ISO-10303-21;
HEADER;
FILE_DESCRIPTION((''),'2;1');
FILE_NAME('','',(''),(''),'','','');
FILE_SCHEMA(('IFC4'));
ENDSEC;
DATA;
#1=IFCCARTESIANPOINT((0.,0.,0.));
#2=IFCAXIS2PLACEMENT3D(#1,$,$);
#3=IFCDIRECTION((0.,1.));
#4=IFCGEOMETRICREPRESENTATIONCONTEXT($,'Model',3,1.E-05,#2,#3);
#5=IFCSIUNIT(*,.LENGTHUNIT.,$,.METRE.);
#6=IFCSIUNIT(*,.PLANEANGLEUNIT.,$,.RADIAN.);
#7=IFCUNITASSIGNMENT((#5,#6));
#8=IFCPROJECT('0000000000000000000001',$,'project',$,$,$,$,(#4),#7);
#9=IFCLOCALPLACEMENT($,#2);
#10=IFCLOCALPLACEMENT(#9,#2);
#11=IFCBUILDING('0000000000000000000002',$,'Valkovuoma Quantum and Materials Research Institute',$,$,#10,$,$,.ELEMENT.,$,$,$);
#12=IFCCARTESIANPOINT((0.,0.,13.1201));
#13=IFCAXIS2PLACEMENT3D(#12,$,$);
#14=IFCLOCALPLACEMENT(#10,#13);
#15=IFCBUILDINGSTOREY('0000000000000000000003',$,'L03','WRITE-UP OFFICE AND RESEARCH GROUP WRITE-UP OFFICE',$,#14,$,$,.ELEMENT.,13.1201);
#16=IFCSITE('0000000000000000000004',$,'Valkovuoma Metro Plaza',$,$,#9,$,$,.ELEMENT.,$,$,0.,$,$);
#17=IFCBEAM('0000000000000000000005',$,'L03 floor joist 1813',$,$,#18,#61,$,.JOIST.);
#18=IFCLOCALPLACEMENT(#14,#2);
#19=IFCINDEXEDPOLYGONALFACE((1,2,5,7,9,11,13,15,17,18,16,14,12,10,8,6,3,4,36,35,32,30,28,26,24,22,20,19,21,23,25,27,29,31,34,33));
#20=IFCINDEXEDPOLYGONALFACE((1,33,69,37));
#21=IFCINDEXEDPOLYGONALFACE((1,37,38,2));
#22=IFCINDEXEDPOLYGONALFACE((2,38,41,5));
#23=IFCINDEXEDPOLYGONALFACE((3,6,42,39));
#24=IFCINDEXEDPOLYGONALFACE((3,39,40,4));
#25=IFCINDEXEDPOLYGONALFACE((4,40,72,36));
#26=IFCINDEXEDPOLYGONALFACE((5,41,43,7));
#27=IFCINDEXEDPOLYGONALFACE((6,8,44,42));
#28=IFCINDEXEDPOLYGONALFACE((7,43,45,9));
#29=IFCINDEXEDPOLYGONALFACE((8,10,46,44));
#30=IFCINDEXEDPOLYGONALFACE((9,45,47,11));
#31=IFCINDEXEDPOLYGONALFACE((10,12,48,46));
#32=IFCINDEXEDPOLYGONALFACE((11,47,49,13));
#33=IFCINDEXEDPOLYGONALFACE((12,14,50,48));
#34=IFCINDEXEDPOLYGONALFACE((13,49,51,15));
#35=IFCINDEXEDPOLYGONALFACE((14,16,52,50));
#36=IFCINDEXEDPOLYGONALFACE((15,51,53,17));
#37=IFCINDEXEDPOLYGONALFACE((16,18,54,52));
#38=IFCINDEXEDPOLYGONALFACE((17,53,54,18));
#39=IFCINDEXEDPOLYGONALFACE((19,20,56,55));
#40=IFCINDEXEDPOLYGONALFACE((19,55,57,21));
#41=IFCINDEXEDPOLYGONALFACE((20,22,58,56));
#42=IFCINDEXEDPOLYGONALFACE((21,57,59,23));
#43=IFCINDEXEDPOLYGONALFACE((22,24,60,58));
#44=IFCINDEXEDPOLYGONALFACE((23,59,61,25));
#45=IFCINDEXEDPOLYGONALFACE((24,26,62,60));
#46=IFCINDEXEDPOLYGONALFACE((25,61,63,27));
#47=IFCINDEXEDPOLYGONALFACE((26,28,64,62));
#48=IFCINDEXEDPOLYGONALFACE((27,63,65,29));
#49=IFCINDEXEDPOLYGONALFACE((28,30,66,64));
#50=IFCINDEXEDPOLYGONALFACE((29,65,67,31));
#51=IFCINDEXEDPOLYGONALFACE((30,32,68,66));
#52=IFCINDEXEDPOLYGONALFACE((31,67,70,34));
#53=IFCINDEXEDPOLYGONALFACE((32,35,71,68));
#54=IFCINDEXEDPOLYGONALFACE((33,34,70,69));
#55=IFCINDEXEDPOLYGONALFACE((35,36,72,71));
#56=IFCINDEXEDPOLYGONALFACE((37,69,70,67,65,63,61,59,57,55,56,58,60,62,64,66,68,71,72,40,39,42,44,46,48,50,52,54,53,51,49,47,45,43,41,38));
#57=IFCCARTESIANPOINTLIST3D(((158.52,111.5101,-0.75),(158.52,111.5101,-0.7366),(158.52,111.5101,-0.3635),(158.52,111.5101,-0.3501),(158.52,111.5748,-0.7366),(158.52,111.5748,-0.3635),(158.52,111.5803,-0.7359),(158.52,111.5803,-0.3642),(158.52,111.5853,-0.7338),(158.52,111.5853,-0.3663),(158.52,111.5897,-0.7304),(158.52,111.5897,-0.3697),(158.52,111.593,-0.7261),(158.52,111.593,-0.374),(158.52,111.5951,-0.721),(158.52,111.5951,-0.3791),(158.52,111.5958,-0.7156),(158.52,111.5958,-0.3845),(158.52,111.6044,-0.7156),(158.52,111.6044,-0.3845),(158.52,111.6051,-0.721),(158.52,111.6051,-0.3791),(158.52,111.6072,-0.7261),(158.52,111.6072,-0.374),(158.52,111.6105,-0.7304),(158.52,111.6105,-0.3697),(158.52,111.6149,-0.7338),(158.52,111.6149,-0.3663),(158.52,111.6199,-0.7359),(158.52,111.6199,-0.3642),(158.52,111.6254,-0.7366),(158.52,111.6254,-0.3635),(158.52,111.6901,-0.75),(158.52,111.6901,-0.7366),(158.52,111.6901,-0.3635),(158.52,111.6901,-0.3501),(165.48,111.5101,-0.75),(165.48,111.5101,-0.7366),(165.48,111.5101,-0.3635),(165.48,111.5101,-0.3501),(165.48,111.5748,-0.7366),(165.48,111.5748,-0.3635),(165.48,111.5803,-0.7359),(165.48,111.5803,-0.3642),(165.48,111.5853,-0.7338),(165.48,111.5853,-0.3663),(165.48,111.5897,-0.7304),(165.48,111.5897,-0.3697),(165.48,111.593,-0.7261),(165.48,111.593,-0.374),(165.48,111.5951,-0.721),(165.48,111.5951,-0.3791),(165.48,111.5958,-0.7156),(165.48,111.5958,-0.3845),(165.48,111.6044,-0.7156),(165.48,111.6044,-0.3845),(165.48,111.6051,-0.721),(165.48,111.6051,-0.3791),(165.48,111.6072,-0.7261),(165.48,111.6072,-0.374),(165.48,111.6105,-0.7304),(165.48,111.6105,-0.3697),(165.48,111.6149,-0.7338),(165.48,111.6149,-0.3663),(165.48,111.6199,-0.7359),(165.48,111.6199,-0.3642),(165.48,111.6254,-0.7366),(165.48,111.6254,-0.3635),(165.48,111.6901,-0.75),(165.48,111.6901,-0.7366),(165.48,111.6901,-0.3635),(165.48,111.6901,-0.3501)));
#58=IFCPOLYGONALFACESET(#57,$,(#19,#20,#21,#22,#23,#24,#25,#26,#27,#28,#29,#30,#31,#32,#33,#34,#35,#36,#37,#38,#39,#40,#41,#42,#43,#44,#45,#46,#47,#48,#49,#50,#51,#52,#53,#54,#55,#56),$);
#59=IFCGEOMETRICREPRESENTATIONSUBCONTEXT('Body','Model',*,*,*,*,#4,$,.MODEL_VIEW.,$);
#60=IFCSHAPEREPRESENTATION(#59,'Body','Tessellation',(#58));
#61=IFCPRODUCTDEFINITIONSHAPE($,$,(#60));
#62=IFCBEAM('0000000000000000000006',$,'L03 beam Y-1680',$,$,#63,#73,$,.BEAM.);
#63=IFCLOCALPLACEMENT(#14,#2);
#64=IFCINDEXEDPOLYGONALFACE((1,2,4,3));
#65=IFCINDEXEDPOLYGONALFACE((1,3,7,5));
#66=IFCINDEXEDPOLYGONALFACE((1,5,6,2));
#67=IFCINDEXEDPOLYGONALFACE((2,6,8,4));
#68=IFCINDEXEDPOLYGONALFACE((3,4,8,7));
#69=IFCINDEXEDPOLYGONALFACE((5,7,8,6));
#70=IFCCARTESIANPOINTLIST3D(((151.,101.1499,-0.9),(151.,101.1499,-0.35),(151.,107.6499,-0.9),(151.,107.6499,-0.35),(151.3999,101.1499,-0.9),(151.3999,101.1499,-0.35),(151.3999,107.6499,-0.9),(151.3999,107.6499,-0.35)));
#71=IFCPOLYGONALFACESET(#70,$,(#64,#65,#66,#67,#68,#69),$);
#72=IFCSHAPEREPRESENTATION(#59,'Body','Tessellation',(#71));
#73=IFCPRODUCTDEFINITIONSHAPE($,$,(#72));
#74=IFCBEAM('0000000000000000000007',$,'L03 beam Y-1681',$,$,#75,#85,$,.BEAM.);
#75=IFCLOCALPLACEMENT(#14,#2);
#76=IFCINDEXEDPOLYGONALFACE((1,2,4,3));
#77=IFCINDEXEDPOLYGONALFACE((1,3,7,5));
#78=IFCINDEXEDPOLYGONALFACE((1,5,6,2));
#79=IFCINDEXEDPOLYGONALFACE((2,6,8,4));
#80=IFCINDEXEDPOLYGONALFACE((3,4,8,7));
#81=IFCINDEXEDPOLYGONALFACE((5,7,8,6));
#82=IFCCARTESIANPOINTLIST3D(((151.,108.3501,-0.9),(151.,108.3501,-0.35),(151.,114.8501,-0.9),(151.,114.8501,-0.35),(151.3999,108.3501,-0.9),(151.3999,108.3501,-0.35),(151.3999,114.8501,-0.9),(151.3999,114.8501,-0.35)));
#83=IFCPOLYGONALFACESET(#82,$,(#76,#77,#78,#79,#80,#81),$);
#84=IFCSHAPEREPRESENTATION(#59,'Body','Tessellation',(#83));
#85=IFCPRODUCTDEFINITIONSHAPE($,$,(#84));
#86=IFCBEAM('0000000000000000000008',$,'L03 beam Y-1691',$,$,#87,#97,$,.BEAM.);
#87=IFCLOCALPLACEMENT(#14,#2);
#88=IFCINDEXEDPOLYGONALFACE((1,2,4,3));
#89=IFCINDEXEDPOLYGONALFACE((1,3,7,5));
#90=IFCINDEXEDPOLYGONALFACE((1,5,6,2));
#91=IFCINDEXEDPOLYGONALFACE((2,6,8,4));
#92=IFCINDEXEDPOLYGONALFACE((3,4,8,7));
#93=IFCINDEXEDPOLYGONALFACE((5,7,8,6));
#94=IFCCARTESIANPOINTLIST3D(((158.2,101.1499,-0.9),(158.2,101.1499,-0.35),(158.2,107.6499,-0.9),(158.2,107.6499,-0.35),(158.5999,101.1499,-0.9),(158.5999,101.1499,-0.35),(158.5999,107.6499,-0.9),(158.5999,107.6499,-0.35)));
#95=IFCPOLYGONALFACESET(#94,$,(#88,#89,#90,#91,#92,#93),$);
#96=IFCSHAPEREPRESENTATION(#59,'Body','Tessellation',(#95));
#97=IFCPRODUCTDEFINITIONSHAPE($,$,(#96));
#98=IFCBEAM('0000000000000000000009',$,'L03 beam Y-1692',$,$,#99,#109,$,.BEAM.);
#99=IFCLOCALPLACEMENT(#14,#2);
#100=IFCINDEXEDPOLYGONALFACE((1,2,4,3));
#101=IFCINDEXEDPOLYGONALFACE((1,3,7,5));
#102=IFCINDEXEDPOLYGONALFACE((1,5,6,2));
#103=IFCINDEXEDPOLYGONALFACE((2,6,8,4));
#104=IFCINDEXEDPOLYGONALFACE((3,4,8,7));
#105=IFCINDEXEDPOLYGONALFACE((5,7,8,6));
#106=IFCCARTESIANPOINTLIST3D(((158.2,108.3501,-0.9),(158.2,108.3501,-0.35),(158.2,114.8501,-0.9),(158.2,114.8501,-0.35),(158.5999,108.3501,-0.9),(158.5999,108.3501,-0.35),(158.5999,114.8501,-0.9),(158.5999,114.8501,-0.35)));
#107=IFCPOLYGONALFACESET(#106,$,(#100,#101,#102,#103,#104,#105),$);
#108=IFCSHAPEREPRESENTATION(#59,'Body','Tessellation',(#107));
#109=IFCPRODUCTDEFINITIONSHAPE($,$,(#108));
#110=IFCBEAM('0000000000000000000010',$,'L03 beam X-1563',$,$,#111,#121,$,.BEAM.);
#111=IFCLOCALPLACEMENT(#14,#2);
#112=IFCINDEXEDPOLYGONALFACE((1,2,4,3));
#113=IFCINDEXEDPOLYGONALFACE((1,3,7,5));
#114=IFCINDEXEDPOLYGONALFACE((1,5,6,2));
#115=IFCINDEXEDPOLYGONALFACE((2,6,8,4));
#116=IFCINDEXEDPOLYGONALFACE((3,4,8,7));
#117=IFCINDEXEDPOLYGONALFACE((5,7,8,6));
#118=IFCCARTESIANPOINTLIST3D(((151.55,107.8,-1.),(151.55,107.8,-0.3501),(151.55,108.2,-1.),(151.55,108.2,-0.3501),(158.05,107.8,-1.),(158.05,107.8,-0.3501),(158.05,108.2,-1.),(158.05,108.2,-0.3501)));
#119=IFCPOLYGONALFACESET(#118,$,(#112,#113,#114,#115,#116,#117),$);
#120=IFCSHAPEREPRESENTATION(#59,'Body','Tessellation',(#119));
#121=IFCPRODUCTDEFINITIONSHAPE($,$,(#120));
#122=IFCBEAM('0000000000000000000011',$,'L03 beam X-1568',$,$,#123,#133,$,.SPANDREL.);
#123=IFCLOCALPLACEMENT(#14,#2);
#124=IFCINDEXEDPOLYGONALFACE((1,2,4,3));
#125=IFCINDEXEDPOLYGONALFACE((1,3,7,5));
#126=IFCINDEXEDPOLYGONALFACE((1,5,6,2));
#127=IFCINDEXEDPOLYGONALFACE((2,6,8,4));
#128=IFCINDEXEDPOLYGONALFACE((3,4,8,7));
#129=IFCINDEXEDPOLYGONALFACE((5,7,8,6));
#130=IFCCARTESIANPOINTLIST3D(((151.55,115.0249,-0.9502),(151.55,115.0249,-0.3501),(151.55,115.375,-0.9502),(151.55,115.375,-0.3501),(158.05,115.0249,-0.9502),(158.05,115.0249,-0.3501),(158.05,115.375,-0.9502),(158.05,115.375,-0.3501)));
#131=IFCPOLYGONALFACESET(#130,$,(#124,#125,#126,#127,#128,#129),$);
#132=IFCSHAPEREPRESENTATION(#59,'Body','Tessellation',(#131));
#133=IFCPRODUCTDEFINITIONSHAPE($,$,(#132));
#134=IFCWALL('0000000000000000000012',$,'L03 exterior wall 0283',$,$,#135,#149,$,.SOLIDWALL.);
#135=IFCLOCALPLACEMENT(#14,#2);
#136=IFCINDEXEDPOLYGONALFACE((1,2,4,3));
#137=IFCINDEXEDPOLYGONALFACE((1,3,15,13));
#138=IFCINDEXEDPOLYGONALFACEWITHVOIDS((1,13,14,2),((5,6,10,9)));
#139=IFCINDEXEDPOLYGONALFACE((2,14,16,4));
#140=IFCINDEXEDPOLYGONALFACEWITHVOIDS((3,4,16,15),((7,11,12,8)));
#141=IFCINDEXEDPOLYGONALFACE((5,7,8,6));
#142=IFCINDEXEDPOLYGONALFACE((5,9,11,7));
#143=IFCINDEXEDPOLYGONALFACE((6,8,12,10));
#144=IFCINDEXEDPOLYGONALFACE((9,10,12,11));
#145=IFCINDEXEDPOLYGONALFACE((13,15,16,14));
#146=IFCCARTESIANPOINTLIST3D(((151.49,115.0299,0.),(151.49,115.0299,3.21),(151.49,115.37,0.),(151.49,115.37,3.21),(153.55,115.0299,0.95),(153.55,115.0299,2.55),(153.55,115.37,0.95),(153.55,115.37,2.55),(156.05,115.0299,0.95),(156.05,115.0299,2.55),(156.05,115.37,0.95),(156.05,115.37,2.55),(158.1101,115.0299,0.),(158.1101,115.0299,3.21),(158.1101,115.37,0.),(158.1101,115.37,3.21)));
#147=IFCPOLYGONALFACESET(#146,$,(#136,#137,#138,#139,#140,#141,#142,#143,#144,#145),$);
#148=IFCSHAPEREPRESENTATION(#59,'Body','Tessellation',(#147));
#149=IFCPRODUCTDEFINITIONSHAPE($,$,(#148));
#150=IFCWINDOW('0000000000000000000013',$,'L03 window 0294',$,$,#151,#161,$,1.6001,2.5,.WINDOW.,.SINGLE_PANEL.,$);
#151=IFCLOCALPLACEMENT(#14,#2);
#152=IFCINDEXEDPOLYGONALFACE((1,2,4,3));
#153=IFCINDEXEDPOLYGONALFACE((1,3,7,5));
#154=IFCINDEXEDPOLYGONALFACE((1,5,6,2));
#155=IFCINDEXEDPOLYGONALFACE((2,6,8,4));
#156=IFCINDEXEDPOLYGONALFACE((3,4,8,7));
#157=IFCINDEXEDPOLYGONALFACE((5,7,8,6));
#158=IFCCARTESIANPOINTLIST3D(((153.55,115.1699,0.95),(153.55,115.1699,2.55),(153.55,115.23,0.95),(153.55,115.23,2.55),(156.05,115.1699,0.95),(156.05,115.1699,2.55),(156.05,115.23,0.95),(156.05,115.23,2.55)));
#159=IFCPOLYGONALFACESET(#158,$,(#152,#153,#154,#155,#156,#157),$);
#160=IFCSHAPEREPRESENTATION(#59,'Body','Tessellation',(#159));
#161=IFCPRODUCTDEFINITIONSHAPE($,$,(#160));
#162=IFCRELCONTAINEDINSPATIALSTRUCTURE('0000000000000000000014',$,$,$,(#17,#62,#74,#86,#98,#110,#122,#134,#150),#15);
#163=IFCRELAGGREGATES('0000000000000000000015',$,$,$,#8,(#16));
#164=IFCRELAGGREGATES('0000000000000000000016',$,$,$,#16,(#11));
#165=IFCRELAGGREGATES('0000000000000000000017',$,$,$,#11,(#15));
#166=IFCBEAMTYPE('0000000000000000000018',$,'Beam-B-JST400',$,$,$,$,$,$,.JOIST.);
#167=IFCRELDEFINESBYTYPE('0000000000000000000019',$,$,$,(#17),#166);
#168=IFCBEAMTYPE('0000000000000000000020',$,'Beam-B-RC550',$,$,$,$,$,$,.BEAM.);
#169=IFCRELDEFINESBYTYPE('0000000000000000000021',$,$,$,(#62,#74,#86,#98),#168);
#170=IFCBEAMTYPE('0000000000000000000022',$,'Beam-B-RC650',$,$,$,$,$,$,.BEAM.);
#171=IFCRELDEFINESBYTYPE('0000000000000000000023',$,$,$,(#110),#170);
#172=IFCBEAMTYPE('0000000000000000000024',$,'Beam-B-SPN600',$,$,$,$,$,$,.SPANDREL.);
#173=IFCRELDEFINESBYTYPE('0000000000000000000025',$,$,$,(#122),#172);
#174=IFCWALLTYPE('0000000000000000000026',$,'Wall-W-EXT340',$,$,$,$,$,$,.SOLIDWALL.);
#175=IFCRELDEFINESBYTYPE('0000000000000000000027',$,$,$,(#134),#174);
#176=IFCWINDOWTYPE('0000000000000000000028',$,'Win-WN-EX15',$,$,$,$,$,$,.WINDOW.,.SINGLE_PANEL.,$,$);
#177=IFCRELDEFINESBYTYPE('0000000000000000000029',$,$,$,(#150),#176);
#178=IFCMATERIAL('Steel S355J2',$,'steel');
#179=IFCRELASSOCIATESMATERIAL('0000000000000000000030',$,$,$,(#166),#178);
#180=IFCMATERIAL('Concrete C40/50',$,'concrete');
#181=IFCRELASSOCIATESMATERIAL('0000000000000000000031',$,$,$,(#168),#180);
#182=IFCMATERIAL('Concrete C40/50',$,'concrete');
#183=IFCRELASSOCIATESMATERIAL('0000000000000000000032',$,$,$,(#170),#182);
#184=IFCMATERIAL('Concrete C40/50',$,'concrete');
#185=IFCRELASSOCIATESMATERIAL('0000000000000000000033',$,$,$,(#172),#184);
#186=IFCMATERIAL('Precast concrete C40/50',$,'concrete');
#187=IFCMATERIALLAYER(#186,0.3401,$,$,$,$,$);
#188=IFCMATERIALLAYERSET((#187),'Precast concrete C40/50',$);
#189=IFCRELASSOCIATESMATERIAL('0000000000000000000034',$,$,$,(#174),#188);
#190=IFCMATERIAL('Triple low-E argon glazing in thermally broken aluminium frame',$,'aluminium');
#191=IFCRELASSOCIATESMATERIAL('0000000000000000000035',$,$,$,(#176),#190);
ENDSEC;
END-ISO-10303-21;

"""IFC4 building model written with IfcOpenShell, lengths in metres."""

from ifc_helpers import new_model, si_unit, direction, frame, frame_2d, origin, origin_2d, place, context, subcontext, project, spatial, rectangle, i_section, extrude, material, layer, layer_set, material_profile, profile_set, type_object, element, fill, save


model = new_model("IFC4")

# Units and contexts
model_context = context("Model", 3, precision=1e-05, world=origin(), true_north=direction((0.0, 1.0)))
body_context = subcontext(model_context, "Body", "Model", "MODEL_VIEW")
ifc_project = project(units=[si_unit("LENGTHUNIT", "METRE"), si_unit("PLANEANGLEUNIT", "RADIAN")], contexts=[model_context])

# Site, building, storey
site_placement = place(None, origin())
site = spatial("IfcSite", under=ifc_project, at=site_placement, Name="Valkovuoma Metro Plaza", CompositionType="ELEMENT", RefElevation=0.0)
building_placement = place(site_placement, origin())
building = spatial("IfcBuilding", under=site, at=building_placement, Name="Valkovuoma Quantum and Materials Research Institute", CompositionType="ELEMENT")
storey_placement = place(building_placement, frame((0.0, 0.0, 13.1201)))
storey = spatial("IfcBuildingStorey", under=building, at=storey_placement, Name="L03", Description="WRITE-UP OFFICE AND RESEARCH GROUP WRITE-UP OFFICE", CompositionType="ELEMENT", Elevation=13.1201)

# Beams
ifc_material_1 = material(Name="Steel S355J2", Category="steel")
ifc_material_profile_1 = material_profile(ifc_material_1, i_section(OverallWidth=0.1799, OverallDepth=0.3999, WebThickness=0.0085, FlangeThickness=0.0134, FilletRadius=0.021, at=origin_2d()), Name="Steel S355J2")
ifc_profile_set_1 = profile_set([ifc_material_profile_1], Name="Steel S355J2")
beam_type_1 = type_object("IfcBeamType", Name="Beam-B-JST400", PredefinedType="JOIST", material=ifc_profile_set_1)
for number, where, z_axis, x_axis, name in (
    (1, (158.52, 111.6001, -0.55), (1.0, 0.0, 0.0), (0.0, 1.0, 0.0), "L03 floor joist 1813"),
):
    element("IfcBeam", number, at=place(storey_placement, frame(where, z_axis=z_axis, x_axis=x_axis)), inside=storey, type_object=beam_type_1, Name=name, PredefinedType="JOIST", context=body_context, shape_type="SweptSolid", body=[
        extrude(i_section(OverallWidth=0.1799, OverallDepth=0.3999, WebThickness=0.0085, FlangeThickness=0.0134, FilletRadius=0.021, at=origin_2d()), origin(), (0.0, 0.0, 1.0), 6.96),
    ])
ifc_material_2 = material(Name="Concrete C40/50", Category="concrete")
ifc_material_profile_2 = material_profile(ifc_material_2, rectangle(XDim=0.3999, YDim=0.55, at=origin_2d()), Name="Concrete C40/50")
ifc_profile_set_2 = profile_set([ifc_material_profile_2], Name="Concrete C40/50")
beam_type_2 = type_object("IfcBeamType", Name="Beam-B-RC550", PredefinedType="BEAM", material=ifc_profile_set_2)
for number, where, z_axis, x_axis, name in (
    (2, (151.2, 101.1499, -0.625), (0.0, 1.0, 0.0), (-1.0, 0.0, 0.0), "L03 beam Y-1680"),
    (3, (151.2, 108.3501, -0.625), (0.0, 1.0, 0.0), (-1.0, 0.0, 0.0), "L03 beam Y-1681"),
    (4, (158.3999, 101.1499, -0.625), (0.0, 1.0, 0.0), (-1.0, 0.0, 0.0), "L03 beam Y-1691"),
    (5, (158.3999, 108.3501, -0.625), (0.0, 1.0, 0.0), (-1.0, 0.0, 0.0), "L03 beam Y-1692"),
):
    element("IfcBeam", number, at=place(storey_placement, frame(where, z_axis=z_axis, x_axis=x_axis)), inside=storey, type_object=beam_type_2, Name=name, PredefinedType="BEAM", context=body_context, shape_type="SweptSolid", body=[
        extrude(rectangle(XDim=0.3999, YDim=0.55, at=origin_2d()), origin(), (0.0, 0.0, 1.0), 6.5),
    ])
ifc_material_3 = material(Name="Concrete C40/50", Category="concrete")
ifc_material_profile_3 = material_profile(ifc_material_3, rectangle(XDim=0.3999, YDim=0.6499, at=origin_2d()), Name="Concrete C40/50")
ifc_profile_set_3 = profile_set([ifc_material_profile_3], Name="Concrete C40/50")
beam_type_3 = type_object("IfcBeamType", Name="Beam-B-RC650", PredefinedType="BEAM", material=ifc_profile_set_3)
beam_1_placement = place(storey_placement, frame((151.55, 108.0, -0.675), z_axis=(1.0, 0.0, 0.0), x_axis=(0.0, 1.0, 0.0)))
element("IfcBeam", 6, at=beam_1_placement, inside=storey, type_object=beam_type_3, Name="L03 beam X-1563", PredefinedType="BEAM", context=body_context, shape_type="SweptSolid", body=[
    extrude(rectangle(XDim=0.3999, YDim=0.6499, at=origin_2d()), origin(), (0.0, 0.0, 1.0), 6.5),
])
ifc_material_4 = material(Name="Concrete C40/50", Category="concrete")
ifc_material_profile_4 = material_profile(ifc_material_4, rectangle(XDim=0.3501, YDim=0.6001, at=origin_2d()), Name="Concrete C40/50")
ifc_profile_set_4 = profile_set([ifc_material_profile_4], Name="Concrete C40/50")
beam_type_4 = type_object("IfcBeamType", Name="Beam-B-SPN600", PredefinedType="SPANDREL", material=ifc_profile_set_4)
beam_2_placement = place(storey_placement, frame((151.55, 115.2, -0.6501), z_axis=(1.0, 0.0, 0.0), x_axis=(0.0, 1.0, 0.0)))
element("IfcBeam", 7, at=beam_2_placement, inside=storey, type_object=beam_type_4, Name="L03 beam X-1568", PredefinedType="SPANDREL", context=body_context, shape_type="SweptSolid", body=[
    extrude(rectangle(XDim=0.3501, YDim=0.6001, at=origin_2d()), origin(), (0.0, 0.0, 1.0), 6.5),
])

# Wall, opening, window
ifc_material_5 = material(Name="Precast concrete C40/50", Category="concrete")
ifc_layer_1 = layer(ifc_material_5, 0.3401)
ifc_layer_set_1 = layer_set([ifc_layer_1], Name="Precast concrete C40/50")
wall_type = type_object("IfcWallType", Name="Wall-W-EXT340", PredefinedType="SOLIDWALL", material=ifc_layer_set_1)
wall_1_placement = place(storey_placement, frame((151.49, 115.2, 0.0), z_axis=(0.0, 0.0, 1.0), x_axis=(1.0, 0.0, 0.0)))
wall_1 = element("IfcWall", 8, at=wall_1_placement, inside=storey, type_object=wall_type, Name="L03 exterior wall 0283", PredefinedType="SOLIDWALL", context=body_context, shape_type="SweptSolid", body=[
    extrude(rectangle(XDim=6.6201, YDim=0.3401, at=frame_2d((3.3101, 0.0))), origin(), (0.0, 0.0, 1.0), 3.21),
])
opening_1_placement = place(wall_1_placement, frame((2.0601, 0.0, 0.95)))
opening_1 = element("IfcOpeningElement", 9, at=opening_1_placement, cuts=wall_1, PredefinedType="OPENING", context=body_context, shape_type="SweptSolid", body=[
    extrude(rectangle(XDim=2.5, YDim=1.6001, at=frame_2d((1.25, 0.8))), frame((0.0, 0.1802, 0.0), z_axis=(0.0, -1.0, 0.0), x_axis=(1.0, 0.0, 0.0)), (0.0, 0.0, 1.0), 0.3601),
])
ifc_material_6 = material(Name="Triple low-E argon glazing in thermally broken aluminium frame", Category="aluminium")
window_type_1 = type_object("IfcWindowType", Name="Win-WN-EX15", PartitioningType="SINGLE_PANEL", PredefinedType="WINDOW", material=ifc_material_6)
window_1_placement = place(opening_1_placement, origin())
window_1 = element("IfcWindow", 10, at=window_1_placement, inside=storey, type_object=window_type_1, Name="L03 window 0294", OverallHeight=1.6001, OverallWidth=2.5, PartitioningType="SINGLE_PANEL", PredefinedType="WINDOW", context=body_context, shape_type="SweptSolid", body=[
    extrude(rectangle(XDim=2.5, YDim=1.6001, at=frame_2d((1.25, 0.8))), frame((0.0, 0.03, 0.0), z_axis=(0.0, -1.0, 0.0), x_axis=(1.0, 0.0, 0.0)), (0.0, 0.0, 1.0), 0.0601),
])
fill(opening_1, window_1)

save(model, "model.ifc")
